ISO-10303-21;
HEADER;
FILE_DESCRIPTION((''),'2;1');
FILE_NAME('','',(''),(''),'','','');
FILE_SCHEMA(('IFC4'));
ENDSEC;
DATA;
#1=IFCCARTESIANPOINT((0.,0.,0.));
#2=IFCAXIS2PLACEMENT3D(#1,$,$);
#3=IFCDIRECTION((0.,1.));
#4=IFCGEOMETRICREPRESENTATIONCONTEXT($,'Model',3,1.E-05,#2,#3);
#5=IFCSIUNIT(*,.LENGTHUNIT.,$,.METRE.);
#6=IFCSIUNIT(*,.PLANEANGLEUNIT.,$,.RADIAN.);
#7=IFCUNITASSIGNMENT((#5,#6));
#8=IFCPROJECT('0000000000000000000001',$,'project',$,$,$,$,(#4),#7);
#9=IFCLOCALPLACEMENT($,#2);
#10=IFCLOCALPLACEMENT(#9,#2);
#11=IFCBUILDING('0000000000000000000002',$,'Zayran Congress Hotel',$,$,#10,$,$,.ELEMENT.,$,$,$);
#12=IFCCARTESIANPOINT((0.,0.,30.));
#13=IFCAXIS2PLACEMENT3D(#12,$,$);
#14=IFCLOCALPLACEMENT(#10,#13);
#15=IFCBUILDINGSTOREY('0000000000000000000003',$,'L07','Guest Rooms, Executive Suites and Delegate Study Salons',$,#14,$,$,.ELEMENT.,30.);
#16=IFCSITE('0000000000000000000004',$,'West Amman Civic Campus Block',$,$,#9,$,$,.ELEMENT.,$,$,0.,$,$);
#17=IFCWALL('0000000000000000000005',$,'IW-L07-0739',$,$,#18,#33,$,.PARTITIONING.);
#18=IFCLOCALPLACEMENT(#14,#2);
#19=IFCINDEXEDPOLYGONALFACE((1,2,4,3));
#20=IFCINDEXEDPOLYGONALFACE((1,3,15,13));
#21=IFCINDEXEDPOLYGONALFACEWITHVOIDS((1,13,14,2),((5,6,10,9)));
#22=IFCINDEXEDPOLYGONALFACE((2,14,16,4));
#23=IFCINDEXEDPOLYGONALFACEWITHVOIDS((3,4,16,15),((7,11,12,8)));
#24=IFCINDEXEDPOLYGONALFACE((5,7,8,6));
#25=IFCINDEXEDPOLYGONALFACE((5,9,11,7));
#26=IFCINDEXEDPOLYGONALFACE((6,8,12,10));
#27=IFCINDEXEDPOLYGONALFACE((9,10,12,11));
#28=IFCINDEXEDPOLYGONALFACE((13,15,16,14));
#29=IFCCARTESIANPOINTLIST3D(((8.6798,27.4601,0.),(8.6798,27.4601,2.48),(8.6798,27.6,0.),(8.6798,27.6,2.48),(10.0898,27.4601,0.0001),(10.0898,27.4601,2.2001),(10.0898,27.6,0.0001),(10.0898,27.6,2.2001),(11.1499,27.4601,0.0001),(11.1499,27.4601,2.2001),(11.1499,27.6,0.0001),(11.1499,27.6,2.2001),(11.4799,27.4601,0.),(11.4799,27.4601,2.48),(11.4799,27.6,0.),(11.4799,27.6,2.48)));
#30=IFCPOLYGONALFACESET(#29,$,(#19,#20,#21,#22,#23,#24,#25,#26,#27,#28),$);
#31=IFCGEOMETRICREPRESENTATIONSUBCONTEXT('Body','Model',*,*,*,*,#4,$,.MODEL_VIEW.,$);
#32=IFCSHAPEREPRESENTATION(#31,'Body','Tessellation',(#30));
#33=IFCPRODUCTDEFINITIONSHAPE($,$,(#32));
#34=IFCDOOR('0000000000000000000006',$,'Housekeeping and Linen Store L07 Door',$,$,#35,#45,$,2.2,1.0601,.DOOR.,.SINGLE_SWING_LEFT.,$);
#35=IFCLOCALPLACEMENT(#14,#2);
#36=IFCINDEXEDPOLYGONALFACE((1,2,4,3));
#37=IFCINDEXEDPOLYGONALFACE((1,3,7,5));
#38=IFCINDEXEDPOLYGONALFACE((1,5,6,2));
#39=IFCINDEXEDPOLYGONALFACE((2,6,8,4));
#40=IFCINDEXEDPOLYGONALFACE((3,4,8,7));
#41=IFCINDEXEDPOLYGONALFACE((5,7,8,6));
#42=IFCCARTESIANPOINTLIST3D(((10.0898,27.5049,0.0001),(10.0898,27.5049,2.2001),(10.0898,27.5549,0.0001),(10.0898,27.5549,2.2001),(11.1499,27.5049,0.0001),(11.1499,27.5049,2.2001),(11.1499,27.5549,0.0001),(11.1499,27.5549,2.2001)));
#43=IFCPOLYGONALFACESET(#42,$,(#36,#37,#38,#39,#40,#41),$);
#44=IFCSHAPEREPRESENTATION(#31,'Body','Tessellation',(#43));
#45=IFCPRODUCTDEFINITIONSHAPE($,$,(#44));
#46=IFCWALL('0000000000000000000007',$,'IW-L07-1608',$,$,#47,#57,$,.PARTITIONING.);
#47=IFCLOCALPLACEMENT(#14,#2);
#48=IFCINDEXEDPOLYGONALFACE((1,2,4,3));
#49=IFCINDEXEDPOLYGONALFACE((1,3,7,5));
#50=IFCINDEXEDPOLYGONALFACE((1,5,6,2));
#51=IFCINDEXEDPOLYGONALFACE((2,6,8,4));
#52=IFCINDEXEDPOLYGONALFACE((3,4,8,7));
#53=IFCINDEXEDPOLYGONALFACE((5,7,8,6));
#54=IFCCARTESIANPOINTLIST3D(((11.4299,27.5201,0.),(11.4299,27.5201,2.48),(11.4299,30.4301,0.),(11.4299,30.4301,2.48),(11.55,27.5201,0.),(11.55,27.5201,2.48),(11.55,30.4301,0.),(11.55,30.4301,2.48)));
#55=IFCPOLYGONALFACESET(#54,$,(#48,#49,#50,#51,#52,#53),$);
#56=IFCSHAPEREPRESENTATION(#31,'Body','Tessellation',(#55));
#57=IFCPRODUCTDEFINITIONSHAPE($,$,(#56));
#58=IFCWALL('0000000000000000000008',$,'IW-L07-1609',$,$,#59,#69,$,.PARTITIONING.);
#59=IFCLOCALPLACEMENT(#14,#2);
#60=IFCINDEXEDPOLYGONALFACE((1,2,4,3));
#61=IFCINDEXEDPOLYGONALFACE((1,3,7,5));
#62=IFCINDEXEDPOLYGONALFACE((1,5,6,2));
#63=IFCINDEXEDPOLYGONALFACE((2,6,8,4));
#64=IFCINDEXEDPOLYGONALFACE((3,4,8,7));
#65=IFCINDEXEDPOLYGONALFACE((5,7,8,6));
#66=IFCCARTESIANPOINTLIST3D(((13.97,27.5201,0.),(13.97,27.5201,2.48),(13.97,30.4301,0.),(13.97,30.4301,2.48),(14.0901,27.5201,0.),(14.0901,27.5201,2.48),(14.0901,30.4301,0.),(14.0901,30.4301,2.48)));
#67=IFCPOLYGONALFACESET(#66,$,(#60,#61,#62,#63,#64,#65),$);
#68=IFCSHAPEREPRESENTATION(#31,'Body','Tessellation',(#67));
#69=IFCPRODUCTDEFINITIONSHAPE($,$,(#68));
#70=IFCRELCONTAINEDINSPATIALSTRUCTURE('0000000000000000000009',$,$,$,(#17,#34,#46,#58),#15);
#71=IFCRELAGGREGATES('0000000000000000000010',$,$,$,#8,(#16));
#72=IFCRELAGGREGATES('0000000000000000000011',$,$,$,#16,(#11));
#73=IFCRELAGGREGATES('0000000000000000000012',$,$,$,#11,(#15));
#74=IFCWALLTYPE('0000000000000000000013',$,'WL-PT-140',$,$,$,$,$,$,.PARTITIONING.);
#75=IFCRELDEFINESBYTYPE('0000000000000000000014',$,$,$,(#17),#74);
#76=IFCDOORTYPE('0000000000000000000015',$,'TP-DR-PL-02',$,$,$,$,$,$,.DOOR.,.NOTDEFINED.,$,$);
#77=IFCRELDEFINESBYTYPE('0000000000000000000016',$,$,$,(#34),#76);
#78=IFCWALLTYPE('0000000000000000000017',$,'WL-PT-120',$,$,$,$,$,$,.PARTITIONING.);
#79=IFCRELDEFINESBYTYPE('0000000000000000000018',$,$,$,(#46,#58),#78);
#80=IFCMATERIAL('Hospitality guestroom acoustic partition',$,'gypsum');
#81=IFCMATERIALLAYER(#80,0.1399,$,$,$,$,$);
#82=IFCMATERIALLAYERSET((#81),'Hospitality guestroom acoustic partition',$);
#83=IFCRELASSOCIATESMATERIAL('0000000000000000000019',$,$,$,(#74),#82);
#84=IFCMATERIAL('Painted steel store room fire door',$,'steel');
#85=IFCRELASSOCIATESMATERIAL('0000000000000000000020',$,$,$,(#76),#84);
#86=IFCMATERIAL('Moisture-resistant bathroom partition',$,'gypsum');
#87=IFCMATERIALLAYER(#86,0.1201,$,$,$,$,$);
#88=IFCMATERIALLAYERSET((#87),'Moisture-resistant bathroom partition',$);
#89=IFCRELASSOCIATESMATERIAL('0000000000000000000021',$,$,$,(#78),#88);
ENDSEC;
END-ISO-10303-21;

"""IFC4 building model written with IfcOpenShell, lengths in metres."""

from ifc_helpers import new_model, si_unit, direction, frame, frame_2d, origin, place, context, subcontext, project, spatial, rectangle, extrude, material, layer, layer_set, type_object, element, fill, save


model = new_model("IFC4")

# Units and contexts
model_context = context("Model", 3, precision=1e-05, world=origin(), true_north=direction((0.0, 1.0)))
body_context = subcontext(model_context, "Body", "Model", "MODEL_VIEW")
ifc_project = project(units=[si_unit("LENGTHUNIT", "METRE"), si_unit("PLANEANGLEUNIT", "RADIAN")], contexts=[model_context])

# Site, building, storey
site_placement = place(None, origin())
site = spatial("IfcSite", under=ifc_project, at=site_placement, Name="West Amman Civic Campus Block", CompositionType="ELEMENT", RefElevation=0.0)
building_placement = place(site_placement, origin())
building = spatial("IfcBuilding", under=site, at=building_placement, Name="Zayran Congress Hotel", CompositionType="ELEMENT")
storey_placement = place(building_placement, frame((0.0, 0.0, 30.0)))
storey = spatial("IfcBuildingStorey", under=building, at=storey_placement, Name="L07", Description="Guest Rooms, Executive Suites and Delegate Study Salons", CompositionType="ELEMENT", Elevation=30.0)

# Wall, opening, door
ifc_material_1 = material(Name="Hospitality guestroom acoustic partition", Category="gypsum")
ifc_layer_1 = layer(ifc_material_1, 0.1399)
ifc_layer_set_1 = layer_set([ifc_layer_1], Name="Hospitality guestroom acoustic partition")
wall_type_1 = type_object("IfcWallType", Name="WL-PT-140", PredefinedType="PARTITIONING", material=ifc_layer_set_1)
wall_1_placement = place(storey_placement, frame((8.6799, 27.53, 0.0), z_axis=(0.0, 0.0, 1.0), x_axis=(1.0, 0.0, 0.0)))
wall_1 = element("IfcWall", 1, at=wall_1_placement, inside=storey, type_object=wall_type_1, Name="IW-L07-0739", PredefinedType="PARTITIONING", context=body_context, shape_type="SweptSolid", body=[
    extrude(rectangle(XDim=2.8, YDim=0.1399, at=frame_2d((1.3999, 0.0))), origin(), (0.0, 0.0, 1.0), 2.48),
])
opening_1_placement = place(wall_1_placement, frame((1.4099, 0.0, 0.0)))
opening_1 = element("IfcOpeningElement", 2, at=opening_1_placement, cuts=wall_1, PredefinedType="OPENING", context=body_context, shape_type="SweptSolid", body=[
    extrude(rectangle(XDim=1.0601, YDim=2.2, at=frame_2d((0.53, 1.1001))), frame((0.0, 0.0798, 0.0), z_axis=(0.0, -1.0, 0.0), x_axis=(1.0, 0.0, 0.0)), (0.0, 0.0, 1.0), 0.1599),
])
ifc_material_2 = material(Name="Painted steel store room fire door", Category="steel")
door_type_1 = type_object("IfcDoorType", Name="TP-DR-PL-02", OperationType="NOTDEFINED", PredefinedType="DOOR", material=ifc_material_2)
door_1_placement = place(opening_1_placement, origin())
door_1 = element("IfcDoor", 3, at=door_1_placement, inside=storey, type_object=door_type_1, Name="Housekeeping and Linen Store L07 Door", OperationType="SINGLE_SWING_LEFT", OverallHeight=2.2, OverallWidth=1.0601, PredefinedType="DOOR", context=body_context, shape_type="SweptSolid", body=[
    extrude(rectangle(XDim=1.0601, YDim=2.2, at=frame_2d((0.53, 1.1001))), frame((0.0, 0.0249, 0.0), z_axis=(0.0, -1.0, 0.0), x_axis=(1.0, 0.0, 0.0)), (0.0, 0.0, 1.0), 0.05),
])
fill(opening_1, door_1)
ifc_material_3 = material(Name="Moisture-resistant bathroom partition", Category="gypsum")
ifc_layer_2 = layer(ifc_material_3, 0.1201)
ifc_layer_set_2 = layer_set([ifc_layer_2], Name="Moisture-resistant bathroom partition")
wall_type_2 = type_object("IfcWallType", Name="WL-PT-120", PredefinedType="PARTITIONING", material=ifc_layer_set_2)

# Walls
for number, where, z_axis, x_axis, name in (
    (4, (11.49, 27.52, 0.0), (0.0, 0.0, 1.0), (0.0, 1.0, 0.0), "IW-L07-1608"),
    (5, (14.03, 27.52, 0.0), (0.0, 0.0, 1.0), (0.0, 1.0, 0.0), "IW-L07-1609"),
):
    element("IfcWall", number, at=place(storey_placement, frame(where, z_axis=z_axis, x_axis=x_axis)), inside=storey, type_object=wall_type_2, Name=name, PredefinedType="PARTITIONING", context=body_context, shape_type="SweptSolid", body=[
        extrude(rectangle(XDim=2.9099, YDim=0.1201, at=frame_2d((1.4551, 0.0))), origin(), (0.0, 0.0, 1.0), 2.48),
    ])

save(model, "model.ifc")
